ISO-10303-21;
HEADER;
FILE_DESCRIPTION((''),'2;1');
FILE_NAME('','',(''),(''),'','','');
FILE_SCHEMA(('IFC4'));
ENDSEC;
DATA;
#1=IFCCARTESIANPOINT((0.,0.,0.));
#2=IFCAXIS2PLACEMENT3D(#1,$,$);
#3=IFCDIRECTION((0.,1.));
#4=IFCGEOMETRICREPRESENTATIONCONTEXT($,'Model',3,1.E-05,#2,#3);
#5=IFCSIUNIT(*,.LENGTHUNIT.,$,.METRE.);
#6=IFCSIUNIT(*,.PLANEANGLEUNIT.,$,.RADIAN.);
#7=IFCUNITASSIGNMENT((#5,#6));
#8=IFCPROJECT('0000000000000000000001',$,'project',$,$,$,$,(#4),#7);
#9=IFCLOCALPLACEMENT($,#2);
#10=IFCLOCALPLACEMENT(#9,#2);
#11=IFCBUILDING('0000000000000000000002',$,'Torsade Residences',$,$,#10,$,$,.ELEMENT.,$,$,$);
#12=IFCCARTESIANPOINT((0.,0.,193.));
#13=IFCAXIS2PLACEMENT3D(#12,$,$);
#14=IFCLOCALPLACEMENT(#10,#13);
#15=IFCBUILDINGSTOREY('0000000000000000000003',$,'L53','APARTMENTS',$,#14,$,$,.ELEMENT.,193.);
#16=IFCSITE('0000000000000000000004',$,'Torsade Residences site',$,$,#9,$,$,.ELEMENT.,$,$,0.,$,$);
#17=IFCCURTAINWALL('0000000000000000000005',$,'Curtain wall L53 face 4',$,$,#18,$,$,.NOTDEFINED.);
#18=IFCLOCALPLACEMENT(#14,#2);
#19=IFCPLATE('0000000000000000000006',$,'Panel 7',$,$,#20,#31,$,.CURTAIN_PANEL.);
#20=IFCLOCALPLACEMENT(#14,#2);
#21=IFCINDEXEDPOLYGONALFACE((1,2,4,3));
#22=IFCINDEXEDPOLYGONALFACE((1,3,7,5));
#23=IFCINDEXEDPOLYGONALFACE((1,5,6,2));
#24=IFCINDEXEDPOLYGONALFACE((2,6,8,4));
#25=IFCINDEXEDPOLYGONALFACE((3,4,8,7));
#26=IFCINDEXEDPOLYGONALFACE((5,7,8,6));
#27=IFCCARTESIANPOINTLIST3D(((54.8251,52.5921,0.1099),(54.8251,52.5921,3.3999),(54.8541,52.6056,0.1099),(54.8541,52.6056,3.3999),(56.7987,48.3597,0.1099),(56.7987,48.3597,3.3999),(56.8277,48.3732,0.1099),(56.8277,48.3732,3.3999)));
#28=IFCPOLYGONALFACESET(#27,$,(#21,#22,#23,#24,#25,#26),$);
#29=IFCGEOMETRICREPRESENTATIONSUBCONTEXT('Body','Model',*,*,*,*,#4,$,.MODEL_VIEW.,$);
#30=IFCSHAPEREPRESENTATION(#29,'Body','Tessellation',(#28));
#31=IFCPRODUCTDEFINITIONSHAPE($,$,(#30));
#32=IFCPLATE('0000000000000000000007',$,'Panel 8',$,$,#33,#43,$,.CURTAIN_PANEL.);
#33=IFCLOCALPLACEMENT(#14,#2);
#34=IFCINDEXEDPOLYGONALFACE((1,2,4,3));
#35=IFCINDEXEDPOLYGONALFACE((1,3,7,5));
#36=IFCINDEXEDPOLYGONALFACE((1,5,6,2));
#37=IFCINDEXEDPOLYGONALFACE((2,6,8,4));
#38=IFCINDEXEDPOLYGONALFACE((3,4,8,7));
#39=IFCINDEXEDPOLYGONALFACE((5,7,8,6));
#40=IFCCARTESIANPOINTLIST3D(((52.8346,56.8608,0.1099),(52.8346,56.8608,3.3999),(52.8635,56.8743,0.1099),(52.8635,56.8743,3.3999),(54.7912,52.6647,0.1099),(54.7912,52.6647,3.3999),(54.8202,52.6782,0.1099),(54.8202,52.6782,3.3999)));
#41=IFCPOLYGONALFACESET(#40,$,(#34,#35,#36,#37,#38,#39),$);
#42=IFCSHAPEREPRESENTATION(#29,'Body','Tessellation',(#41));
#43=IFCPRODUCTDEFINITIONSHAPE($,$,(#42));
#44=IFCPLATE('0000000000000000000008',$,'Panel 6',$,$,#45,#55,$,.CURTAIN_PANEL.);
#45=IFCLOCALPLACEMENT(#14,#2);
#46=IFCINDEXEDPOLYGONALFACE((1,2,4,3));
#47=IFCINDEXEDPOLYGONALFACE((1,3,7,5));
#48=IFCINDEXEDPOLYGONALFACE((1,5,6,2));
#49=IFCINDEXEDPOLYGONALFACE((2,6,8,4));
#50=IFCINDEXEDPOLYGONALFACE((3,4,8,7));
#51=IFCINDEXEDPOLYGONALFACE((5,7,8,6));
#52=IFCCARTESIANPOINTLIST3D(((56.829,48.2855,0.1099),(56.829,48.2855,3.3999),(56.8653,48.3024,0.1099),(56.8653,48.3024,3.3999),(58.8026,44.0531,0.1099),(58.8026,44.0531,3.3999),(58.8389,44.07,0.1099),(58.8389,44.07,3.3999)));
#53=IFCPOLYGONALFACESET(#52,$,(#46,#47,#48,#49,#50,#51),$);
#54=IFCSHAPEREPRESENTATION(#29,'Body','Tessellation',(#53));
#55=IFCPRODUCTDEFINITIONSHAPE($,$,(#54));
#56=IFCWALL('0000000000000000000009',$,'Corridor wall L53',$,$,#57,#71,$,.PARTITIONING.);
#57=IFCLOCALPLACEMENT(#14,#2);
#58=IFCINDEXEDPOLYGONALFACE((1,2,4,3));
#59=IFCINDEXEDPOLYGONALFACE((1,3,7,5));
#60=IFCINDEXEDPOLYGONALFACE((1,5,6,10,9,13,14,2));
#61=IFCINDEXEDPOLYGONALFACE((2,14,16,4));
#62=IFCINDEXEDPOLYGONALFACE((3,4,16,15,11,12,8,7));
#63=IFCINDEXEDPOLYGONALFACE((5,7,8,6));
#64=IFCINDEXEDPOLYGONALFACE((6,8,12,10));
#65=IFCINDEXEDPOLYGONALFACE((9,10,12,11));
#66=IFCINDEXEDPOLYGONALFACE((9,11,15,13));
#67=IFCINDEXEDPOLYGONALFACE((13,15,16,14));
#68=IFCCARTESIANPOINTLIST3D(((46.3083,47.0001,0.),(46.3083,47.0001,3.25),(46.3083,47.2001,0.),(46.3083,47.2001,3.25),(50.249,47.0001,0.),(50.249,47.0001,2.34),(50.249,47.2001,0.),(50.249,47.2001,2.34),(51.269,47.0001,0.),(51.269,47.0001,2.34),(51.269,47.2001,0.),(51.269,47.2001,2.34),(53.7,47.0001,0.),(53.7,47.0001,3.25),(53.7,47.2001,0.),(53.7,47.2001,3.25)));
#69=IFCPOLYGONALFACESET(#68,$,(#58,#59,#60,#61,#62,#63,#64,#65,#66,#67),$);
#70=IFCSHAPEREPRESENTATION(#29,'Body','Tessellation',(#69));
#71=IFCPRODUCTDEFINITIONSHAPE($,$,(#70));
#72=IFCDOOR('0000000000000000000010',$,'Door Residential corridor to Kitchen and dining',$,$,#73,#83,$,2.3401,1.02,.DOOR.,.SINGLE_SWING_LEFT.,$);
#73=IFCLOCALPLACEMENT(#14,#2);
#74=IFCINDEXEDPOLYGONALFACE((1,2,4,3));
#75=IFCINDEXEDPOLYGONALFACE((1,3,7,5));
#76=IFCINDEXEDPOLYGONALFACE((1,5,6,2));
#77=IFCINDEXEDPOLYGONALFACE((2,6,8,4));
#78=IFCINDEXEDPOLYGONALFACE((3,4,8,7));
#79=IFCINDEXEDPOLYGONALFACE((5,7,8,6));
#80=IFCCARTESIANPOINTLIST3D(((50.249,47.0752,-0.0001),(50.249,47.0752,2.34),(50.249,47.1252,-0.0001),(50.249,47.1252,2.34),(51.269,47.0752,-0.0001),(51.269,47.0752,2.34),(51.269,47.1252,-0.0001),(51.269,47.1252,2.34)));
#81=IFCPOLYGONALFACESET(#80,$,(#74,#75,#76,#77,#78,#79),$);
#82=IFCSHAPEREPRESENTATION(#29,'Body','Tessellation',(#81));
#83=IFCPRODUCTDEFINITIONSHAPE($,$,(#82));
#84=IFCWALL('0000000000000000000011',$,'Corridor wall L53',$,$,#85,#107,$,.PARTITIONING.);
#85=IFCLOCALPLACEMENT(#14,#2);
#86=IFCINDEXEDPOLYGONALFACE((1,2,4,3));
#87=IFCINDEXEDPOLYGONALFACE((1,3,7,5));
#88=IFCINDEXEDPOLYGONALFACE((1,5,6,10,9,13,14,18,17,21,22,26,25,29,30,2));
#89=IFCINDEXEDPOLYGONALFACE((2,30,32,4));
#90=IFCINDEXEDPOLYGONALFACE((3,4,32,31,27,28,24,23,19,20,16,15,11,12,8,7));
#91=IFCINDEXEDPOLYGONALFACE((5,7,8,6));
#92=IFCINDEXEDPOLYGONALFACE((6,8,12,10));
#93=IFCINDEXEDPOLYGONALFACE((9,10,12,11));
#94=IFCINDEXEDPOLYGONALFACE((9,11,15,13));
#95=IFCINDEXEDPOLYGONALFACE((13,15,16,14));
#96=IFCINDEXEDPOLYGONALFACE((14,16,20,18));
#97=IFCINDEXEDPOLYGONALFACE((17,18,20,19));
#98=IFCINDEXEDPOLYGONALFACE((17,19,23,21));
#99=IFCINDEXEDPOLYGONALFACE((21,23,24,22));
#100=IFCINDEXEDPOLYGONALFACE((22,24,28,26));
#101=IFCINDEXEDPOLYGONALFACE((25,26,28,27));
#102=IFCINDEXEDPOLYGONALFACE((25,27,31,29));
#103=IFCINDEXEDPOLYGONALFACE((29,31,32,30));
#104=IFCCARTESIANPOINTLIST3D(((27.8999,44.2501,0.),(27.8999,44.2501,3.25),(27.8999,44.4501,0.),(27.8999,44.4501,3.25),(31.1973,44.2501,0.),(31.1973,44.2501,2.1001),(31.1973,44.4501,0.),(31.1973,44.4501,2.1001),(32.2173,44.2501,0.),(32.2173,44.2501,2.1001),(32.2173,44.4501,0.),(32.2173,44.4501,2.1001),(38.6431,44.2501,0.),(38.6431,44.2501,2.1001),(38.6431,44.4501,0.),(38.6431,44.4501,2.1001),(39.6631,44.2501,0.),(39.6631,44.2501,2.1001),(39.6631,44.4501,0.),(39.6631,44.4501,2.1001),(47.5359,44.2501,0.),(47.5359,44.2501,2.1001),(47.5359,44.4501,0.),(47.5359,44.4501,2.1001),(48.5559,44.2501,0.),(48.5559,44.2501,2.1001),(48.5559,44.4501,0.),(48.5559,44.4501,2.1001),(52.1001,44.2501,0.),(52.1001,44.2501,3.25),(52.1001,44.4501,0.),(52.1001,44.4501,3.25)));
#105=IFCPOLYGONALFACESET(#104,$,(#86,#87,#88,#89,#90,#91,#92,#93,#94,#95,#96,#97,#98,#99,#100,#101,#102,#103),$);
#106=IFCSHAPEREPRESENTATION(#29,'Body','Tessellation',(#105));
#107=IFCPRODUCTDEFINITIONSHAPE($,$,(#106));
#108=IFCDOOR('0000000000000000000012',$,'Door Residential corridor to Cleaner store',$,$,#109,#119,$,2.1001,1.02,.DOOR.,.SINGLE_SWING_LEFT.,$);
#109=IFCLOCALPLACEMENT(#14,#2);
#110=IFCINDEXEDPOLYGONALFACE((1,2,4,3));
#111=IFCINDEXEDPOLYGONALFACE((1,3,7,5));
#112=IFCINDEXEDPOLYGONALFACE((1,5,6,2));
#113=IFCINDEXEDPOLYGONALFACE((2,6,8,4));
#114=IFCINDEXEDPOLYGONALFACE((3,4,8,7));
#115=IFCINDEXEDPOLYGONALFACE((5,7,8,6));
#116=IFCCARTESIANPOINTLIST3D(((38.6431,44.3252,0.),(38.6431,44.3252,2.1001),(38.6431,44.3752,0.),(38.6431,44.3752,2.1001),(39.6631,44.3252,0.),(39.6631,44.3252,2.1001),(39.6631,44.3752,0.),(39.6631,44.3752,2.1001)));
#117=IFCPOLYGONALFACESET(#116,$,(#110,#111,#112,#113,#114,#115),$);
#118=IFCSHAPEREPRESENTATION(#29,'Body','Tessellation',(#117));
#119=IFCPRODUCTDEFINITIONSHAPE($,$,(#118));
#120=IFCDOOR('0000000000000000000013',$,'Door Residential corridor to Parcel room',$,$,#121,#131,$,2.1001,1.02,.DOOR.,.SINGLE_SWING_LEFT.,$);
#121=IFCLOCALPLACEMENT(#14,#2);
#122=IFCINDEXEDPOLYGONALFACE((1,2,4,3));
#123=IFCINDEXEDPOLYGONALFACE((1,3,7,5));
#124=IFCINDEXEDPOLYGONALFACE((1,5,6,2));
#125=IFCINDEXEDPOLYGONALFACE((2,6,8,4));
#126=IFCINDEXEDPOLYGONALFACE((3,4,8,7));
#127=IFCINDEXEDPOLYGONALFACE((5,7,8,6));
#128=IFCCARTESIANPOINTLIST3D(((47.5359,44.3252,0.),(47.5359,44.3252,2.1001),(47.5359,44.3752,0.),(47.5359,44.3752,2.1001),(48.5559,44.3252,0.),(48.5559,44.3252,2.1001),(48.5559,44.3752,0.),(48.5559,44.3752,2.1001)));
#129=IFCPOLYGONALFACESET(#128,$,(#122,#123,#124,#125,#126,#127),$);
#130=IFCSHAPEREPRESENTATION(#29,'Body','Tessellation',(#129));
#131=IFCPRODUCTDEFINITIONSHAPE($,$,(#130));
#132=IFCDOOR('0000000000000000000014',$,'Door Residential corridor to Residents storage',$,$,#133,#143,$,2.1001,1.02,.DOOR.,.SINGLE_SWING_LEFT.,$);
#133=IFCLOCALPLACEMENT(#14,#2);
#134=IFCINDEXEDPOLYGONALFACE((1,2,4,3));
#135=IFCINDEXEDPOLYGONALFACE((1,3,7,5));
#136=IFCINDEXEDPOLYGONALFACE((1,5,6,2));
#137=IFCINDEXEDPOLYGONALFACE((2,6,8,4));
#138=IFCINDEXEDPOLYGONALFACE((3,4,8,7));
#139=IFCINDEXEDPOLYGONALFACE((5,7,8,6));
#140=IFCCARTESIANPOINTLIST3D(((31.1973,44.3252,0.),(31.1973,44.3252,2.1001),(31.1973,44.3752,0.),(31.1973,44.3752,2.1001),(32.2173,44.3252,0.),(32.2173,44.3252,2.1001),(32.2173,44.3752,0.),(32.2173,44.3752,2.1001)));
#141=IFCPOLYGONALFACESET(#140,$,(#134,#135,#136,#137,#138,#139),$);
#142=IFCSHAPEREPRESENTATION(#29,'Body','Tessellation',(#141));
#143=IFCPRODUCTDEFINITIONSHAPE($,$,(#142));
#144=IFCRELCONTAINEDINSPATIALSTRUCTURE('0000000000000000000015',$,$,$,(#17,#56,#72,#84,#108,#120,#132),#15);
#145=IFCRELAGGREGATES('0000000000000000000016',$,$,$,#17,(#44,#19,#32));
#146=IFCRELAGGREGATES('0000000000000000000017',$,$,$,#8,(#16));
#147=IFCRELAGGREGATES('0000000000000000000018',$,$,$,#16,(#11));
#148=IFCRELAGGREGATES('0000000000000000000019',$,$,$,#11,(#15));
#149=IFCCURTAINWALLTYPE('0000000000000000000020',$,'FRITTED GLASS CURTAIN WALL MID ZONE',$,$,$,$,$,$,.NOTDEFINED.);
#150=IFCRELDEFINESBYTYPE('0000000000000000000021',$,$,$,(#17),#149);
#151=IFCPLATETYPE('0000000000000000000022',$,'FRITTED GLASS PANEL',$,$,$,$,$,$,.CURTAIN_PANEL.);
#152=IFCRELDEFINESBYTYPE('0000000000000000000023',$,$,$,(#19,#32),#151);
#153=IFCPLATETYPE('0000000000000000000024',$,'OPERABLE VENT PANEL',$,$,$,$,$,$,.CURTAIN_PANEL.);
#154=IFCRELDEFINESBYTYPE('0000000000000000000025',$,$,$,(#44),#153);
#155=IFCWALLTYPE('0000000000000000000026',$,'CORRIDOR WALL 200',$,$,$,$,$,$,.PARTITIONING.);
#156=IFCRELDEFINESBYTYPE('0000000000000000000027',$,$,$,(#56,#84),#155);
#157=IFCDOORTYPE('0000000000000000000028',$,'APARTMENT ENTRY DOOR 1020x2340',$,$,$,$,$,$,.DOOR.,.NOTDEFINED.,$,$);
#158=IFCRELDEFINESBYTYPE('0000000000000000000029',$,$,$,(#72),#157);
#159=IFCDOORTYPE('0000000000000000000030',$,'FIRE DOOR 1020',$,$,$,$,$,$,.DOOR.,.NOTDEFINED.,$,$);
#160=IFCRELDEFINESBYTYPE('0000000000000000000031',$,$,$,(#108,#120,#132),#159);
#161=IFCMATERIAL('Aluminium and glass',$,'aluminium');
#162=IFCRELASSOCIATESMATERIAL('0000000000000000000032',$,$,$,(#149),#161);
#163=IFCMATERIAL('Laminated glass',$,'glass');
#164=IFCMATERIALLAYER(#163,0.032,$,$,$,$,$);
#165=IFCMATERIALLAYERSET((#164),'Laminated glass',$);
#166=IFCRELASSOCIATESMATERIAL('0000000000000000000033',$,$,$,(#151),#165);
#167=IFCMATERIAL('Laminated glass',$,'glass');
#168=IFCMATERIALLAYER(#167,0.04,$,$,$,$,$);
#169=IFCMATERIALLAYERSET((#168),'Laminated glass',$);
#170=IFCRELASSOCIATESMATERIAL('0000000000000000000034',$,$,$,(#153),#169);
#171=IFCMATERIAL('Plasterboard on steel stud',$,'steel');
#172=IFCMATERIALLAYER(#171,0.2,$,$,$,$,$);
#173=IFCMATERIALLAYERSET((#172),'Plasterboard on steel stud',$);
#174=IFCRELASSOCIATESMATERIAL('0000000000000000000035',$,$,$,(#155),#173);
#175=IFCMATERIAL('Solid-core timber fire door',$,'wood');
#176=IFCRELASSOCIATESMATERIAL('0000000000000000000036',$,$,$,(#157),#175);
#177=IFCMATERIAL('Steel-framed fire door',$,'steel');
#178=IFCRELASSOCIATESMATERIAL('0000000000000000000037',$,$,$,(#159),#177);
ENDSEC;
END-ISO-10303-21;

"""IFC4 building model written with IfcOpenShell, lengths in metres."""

from ifc_helpers import new_model, si_unit, direction, frame, frame_2d, origin, origin_2d, place, context, subcontext, project, spatial, rectangle, extrude, material, layer, layer_set, type_object, element, fill, aggregate, save


model = new_model("IFC4")

# Units and contexts
model_context = context("Model", 3, precision=1e-05, world=origin(), true_north=direction((0.0, 1.0)))
body_context = subcontext(model_context, "Body", "Model", "MODEL_VIEW")
ifc_project = project(units=[si_unit("LENGTHUNIT", "METRE"), si_unit("PLANEANGLEUNIT", "RADIAN")], contexts=[model_context])

# Site, building, storey
site_placement = place(None, origin())
site = spatial("IfcSite", under=ifc_project, at=site_placement, Name="Torsade Residences site", CompositionType="ELEMENT", RefElevation=0.0)
building_placement = place(site_placement, origin())
building = spatial("IfcBuilding", under=site, at=building_placement, Name="Torsade Residences", CompositionType="ELEMENT")
storey_placement = place(building_placement, frame((0.0, 0.0, 193.0)))
storey = spatial("IfcBuildingStorey", under=building, at=storey_placement, Name="L53", Description="APARTMENTS", CompositionType="ELEMENT", Elevation=193.0)

# Curtain wall
ifc_material_1 = material(Name="Aluminium and glass", Category="aluminium")
curtain_wall_type = type_object("IfcCurtainWallType", Name="FRITTED GLASS CURTAIN WALL MID ZONE", PredefinedType="NOTDEFINED", material=ifc_material_1)
curtain_wall_placement = place(storey_placement, origin())
curtain_wall = element("IfcCurtainWall", 1, at=curtain_wall_placement, inside=storey, type_object=curtain_wall_type, Name="Curtain wall L53 face 4", PredefinedType="NOTDEFINED")

# Plates
ifc_material_2 = material(Name="Laminated glass", Category="glass")
ifc_layer_1 = layer(ifc_material_2, 0.032)
ifc_layer_set_1 = layer_set([ifc_layer_1], Name="Laminated glass")
plate_type_1 = type_object("IfcPlateType", Name="FRITTED GLASS PANEL", PredefinedType="CURTAIN_PANEL", material=ifc_layer_set_1)
plate_1_placement = place(storey_placement, frame((55.8264, 50.4827, 0.1099), z_axis=(0.0, 0.0, 1.0), x_axis=(-0.422618, 0.906308, 0.0)))
plate_1 = element("IfcPlate", 2, at=plate_1_placement, type_object=plate_type_1, Name="Panel 7", PredefinedType="CURTAIN_PANEL", context=body_context, shape_type="SweptSolid", body=[
    extrude(rectangle(XDim=4.6699, YDim=0.032, at=origin_2d()), origin(), (0.0, 0.0, 1.0), 3.29),
])
plate_2_placement = place(storey_placement, frame((53.8274, 54.7695, 0.1099), z_axis=(0.0, 0.0, 1.0), x_axis=(-0.422618, 0.906308, 0.0)))
plate_2 = element("IfcPlate", 3, at=plate_2_placement, type_object=plate_type_1, Name="Panel 8", PredefinedType="CURTAIN_PANEL", context=body_context, shape_type="SweptSolid", body=[
    extrude(rectangle(XDim=4.6299, YDim=0.032, at=origin_2d()), origin(), (0.0, 0.0, 1.0), 3.29),
])
ifc_material_3 = material(Name="Laminated glass", Category="glass")
ifc_layer_2 = layer(ifc_material_3, 0.04)
ifc_layer_set_2 = layer_set([ifc_layer_2], Name="Laminated glass")
plate_type_2 = type_object("IfcPlateType", Name="OPERABLE VENT PANEL", PredefinedType="CURTAIN_PANEL", material=ifc_layer_set_2)
plate_3_placement = place(storey_placement, frame((57.834, 46.1777, 0.1099), z_axis=(0.0, 0.0, 1.0), x_axis=(-0.422618, 0.906308, 0.0)))
plate_3 = element("IfcPlate", 4, at=plate_3_placement, type_object=plate_type_2, Name="Panel 6", PredefinedType="CURTAIN_PANEL", context=body_context, shape_type="SweptSolid", body=[
    extrude(rectangle(XDim=4.6699, YDim=0.04, at=origin_2d()), origin(), (0.0, 0.0, 1.0), 3.29),
])
aggregate(curtain_wall, [plate_3, plate_1, plate_2])

# Wall, opening, door
ifc_material_4 = material(Name="Plasterboard on steel stud", Category="steel")
ifc_layer_3 = layer(ifc_material_4, 0.2)
ifc_layer_set_3 = layer_set([ifc_layer_3], Name="Plasterboard on steel stud")
wall_type_1 = type_object("IfcWallType", Name="CORRIDOR WALL 200", PredefinedType="PARTITIONING", material=ifc_layer_set_3)
wall_1_placement = place(storey_placement, frame((53.7, 47.1001, 0.0), z_axis=(0.0, 0.0, 1.0), x_axis=(-1.0, 0.0, 0.0)))
wall_1 = element("IfcWall", 5, at=wall_1_placement, inside=storey, type_object=wall_type_1, Name="Corridor wall L53", PredefinedType="PARTITIONING", context=body_context, shape_type="SweptSolid", body=[
    extrude(rectangle(XDim=7.3916, YDim=0.2, at=frame_2d((3.6958, 0.0))), origin(), (0.0, 0.0, 1.0), 3.25),
])
opening_1_placement = place(wall_1_placement, frame((2.4309, 0.0, 0.0)))
opening_1 = element("IfcOpeningElement", 6, at=opening_1_placement, cuts=wall_1, PredefinedType="OPENING", context=body_context, shape_type="SweptSolid", body=[
    extrude(rectangle(XDim=1.02, YDim=2.3401, at=frame_2d((0.51, 1.1699))), frame((0.0, 0.1099, 0.0), z_axis=(0.0, -1.0, 0.0), x_axis=(1.0, 0.0, 0.0)), (0.0, 0.0, 1.0), 0.22),
])
ifc_material_5 = material(Name="Solid-core timber fire door", Category="wood")
door_type_1 = type_object("IfcDoorType", Name="APARTMENT ENTRY DOOR 1020x2340", OperationType="NOTDEFINED", PredefinedType="DOOR", material=ifc_material_5)
door_1_placement = place(opening_1_placement, origin())
door_1 = element("IfcDoor", 7, at=door_1_placement, inside=storey, type_object=door_type_1, Name="Door Residential corridor to Kitchen and dining", OperationType="SINGLE_SWING_LEFT", OverallHeight=2.3401, OverallWidth=1.02, PredefinedType="DOOR", context=body_context, shape_type="SweptSolid", body=[
    extrude(rectangle(XDim=1.02, YDim=2.3401, at=frame_2d((0.51, 1.1699))), frame((0.0, 0.0249, 0.0), z_axis=(0.0, -1.0, 0.0), x_axis=(1.0, 0.0, 0.0)), (0.0, 0.0, 1.0), 0.05),
])
fill(opening_1, door_1)

# Wall, openings, doors
wall_2_placement = place(storey_placement, frame((52.1001, 44.3501, 0.0), z_axis=(0.0, 0.0, 1.0), x_axis=(-1.0, 0.0, 0.0)))
wall_2 = element("IfcWall", 8, at=wall_2_placement, inside=storey, type_object=wall_type_1, Name="Corridor wall L53", PredefinedType="PARTITIONING", context=body_context, shape_type="SweptSolid", body=[
    extrude(rectangle(XDim=24.2002, YDim=0.2, at=frame_2d((12.1001, 0.0))), origin(), (0.0, 0.0, 1.0), 3.25),
])
opening_2_placement = place(wall_2_placement, frame((12.437, 0.0, 0.0)))
opening_2 = element("IfcOpeningElement", 9, at=opening_2_placement, cuts=wall_2, PredefinedType="OPENING", context=body_context, shape_type="SweptSolid", body=[
    extrude(rectangle(XDim=1.02, YDim=2.1001, at=frame_2d((0.51, 1.05))), frame((0.0, 0.1099, 0.0), z_axis=(0.0, -1.0, 0.0), x_axis=(1.0, 0.0, 0.0)), (0.0, 0.0, 1.0), 0.22),
])
opening_3_placement = place(wall_2_placement, frame((3.5442, 0.0, 0.0)))
opening_3 = element("IfcOpeningElement", 10, at=opening_3_placement, cuts=wall_2, PredefinedType="OPENING", context=body_context, shape_type="SweptSolid", body=[
    extrude(rectangle(XDim=1.02, YDim=2.1001, at=frame_2d((0.51, 1.05))), frame((0.0, 0.1099, 0.0), z_axis=(0.0, -1.0, 0.0), x_axis=(1.0, 0.0, 0.0)), (0.0, 0.0, 1.0), 0.22),
])
opening_4_placement = place(wall_2_placement, frame((19.8828, 0.0, 0.0)))
opening_4 = element("IfcOpeningElement", 11, at=opening_4_placement, cuts=wall_2, PredefinedType="OPENING", context=body_context, shape_type="SweptSolid", body=[
    extrude(rectangle(XDim=1.02, YDim=2.1001, at=frame_2d((0.51, 1.05))), frame((0.0, 0.1099, 0.0), z_axis=(0.0, -1.0, 0.0), x_axis=(1.0, 0.0, 0.0)), (0.0, 0.0, 1.0), 0.22),
])
ifc_material_6 = material(Name="Steel-framed fire door", Category="steel")
door_type_2 = type_object("IfcDoorType", Name="FIRE DOOR 1020", OperationType="NOTDEFINED", PredefinedType="DOOR", material=ifc_material_6)
door_2_placement = place(opening_2_placement, origin())
door_2 = element("IfcDoor", 12, at=door_2_placement, inside=storey, type_object=door_type_2, Name="Door Residential corridor to Cleaner store", OperationType="SINGLE_SWING_LEFT", OverallHeight=2.1001, OverallWidth=1.02, PredefinedType="DOOR", context=body_context, shape_type="SweptSolid", body=[
    extrude(rectangle(XDim=1.02, YDim=2.1001, at=frame_2d((0.51, 1.05))), frame((0.0, 0.0249, 0.0), z_axis=(0.0, -1.0, 0.0), x_axis=(1.0, 0.0, 0.0)), (0.0, 0.0, 1.0), 0.05),
])
fill(opening_2, door_2)
door_3_placement = place(opening_3_placement, origin())
door_3 = element("IfcDoor", 13, at=door_3_placement, inside=storey, type_object=door_type_2, Name="Door Residential corridor to Parcel room", OperationType="SINGLE_SWING_LEFT", OverallHeight=2.1001, OverallWidth=1.02, PredefinedType="DOOR", context=body_context, shape_type="SweptSolid", body=[
    extrude(rectangle(XDim=1.02, YDim=2.1001, at=frame_2d((0.51, 1.05))), frame((0.0, 0.0249, 0.0), z_axis=(0.0, -1.0, 0.0), x_axis=(1.0, 0.0, 0.0)), (0.0, 0.0, 1.0), 0.05),
])
fill(opening_3, door_3)
door_4_placement = place(opening_4_placement, origin())
door_4 = element("IfcDoor", 14, at=door_4_placement, inside=storey, type_object=door_type_2, Name="Door Residential corridor to Residents storage", OperationType="SINGLE_SWING_LEFT", OverallHeight=2.1001, OverallWidth=1.02, PredefinedType="DOOR", context=body_context, shape_type="SweptSolid", body=[
    extrude(rectangle(XDim=1.02, YDim=2.1001, at=frame_2d((0.51, 1.05))), frame((0.0, 0.0249, 0.0), z_axis=(0.0, -1.0, 0.0), x_axis=(1.0, 0.0, 0.0)), (0.0, 0.0, 1.0), 0.05),
])
fill(opening_4, door_4)

save(model, "model.ifc")
